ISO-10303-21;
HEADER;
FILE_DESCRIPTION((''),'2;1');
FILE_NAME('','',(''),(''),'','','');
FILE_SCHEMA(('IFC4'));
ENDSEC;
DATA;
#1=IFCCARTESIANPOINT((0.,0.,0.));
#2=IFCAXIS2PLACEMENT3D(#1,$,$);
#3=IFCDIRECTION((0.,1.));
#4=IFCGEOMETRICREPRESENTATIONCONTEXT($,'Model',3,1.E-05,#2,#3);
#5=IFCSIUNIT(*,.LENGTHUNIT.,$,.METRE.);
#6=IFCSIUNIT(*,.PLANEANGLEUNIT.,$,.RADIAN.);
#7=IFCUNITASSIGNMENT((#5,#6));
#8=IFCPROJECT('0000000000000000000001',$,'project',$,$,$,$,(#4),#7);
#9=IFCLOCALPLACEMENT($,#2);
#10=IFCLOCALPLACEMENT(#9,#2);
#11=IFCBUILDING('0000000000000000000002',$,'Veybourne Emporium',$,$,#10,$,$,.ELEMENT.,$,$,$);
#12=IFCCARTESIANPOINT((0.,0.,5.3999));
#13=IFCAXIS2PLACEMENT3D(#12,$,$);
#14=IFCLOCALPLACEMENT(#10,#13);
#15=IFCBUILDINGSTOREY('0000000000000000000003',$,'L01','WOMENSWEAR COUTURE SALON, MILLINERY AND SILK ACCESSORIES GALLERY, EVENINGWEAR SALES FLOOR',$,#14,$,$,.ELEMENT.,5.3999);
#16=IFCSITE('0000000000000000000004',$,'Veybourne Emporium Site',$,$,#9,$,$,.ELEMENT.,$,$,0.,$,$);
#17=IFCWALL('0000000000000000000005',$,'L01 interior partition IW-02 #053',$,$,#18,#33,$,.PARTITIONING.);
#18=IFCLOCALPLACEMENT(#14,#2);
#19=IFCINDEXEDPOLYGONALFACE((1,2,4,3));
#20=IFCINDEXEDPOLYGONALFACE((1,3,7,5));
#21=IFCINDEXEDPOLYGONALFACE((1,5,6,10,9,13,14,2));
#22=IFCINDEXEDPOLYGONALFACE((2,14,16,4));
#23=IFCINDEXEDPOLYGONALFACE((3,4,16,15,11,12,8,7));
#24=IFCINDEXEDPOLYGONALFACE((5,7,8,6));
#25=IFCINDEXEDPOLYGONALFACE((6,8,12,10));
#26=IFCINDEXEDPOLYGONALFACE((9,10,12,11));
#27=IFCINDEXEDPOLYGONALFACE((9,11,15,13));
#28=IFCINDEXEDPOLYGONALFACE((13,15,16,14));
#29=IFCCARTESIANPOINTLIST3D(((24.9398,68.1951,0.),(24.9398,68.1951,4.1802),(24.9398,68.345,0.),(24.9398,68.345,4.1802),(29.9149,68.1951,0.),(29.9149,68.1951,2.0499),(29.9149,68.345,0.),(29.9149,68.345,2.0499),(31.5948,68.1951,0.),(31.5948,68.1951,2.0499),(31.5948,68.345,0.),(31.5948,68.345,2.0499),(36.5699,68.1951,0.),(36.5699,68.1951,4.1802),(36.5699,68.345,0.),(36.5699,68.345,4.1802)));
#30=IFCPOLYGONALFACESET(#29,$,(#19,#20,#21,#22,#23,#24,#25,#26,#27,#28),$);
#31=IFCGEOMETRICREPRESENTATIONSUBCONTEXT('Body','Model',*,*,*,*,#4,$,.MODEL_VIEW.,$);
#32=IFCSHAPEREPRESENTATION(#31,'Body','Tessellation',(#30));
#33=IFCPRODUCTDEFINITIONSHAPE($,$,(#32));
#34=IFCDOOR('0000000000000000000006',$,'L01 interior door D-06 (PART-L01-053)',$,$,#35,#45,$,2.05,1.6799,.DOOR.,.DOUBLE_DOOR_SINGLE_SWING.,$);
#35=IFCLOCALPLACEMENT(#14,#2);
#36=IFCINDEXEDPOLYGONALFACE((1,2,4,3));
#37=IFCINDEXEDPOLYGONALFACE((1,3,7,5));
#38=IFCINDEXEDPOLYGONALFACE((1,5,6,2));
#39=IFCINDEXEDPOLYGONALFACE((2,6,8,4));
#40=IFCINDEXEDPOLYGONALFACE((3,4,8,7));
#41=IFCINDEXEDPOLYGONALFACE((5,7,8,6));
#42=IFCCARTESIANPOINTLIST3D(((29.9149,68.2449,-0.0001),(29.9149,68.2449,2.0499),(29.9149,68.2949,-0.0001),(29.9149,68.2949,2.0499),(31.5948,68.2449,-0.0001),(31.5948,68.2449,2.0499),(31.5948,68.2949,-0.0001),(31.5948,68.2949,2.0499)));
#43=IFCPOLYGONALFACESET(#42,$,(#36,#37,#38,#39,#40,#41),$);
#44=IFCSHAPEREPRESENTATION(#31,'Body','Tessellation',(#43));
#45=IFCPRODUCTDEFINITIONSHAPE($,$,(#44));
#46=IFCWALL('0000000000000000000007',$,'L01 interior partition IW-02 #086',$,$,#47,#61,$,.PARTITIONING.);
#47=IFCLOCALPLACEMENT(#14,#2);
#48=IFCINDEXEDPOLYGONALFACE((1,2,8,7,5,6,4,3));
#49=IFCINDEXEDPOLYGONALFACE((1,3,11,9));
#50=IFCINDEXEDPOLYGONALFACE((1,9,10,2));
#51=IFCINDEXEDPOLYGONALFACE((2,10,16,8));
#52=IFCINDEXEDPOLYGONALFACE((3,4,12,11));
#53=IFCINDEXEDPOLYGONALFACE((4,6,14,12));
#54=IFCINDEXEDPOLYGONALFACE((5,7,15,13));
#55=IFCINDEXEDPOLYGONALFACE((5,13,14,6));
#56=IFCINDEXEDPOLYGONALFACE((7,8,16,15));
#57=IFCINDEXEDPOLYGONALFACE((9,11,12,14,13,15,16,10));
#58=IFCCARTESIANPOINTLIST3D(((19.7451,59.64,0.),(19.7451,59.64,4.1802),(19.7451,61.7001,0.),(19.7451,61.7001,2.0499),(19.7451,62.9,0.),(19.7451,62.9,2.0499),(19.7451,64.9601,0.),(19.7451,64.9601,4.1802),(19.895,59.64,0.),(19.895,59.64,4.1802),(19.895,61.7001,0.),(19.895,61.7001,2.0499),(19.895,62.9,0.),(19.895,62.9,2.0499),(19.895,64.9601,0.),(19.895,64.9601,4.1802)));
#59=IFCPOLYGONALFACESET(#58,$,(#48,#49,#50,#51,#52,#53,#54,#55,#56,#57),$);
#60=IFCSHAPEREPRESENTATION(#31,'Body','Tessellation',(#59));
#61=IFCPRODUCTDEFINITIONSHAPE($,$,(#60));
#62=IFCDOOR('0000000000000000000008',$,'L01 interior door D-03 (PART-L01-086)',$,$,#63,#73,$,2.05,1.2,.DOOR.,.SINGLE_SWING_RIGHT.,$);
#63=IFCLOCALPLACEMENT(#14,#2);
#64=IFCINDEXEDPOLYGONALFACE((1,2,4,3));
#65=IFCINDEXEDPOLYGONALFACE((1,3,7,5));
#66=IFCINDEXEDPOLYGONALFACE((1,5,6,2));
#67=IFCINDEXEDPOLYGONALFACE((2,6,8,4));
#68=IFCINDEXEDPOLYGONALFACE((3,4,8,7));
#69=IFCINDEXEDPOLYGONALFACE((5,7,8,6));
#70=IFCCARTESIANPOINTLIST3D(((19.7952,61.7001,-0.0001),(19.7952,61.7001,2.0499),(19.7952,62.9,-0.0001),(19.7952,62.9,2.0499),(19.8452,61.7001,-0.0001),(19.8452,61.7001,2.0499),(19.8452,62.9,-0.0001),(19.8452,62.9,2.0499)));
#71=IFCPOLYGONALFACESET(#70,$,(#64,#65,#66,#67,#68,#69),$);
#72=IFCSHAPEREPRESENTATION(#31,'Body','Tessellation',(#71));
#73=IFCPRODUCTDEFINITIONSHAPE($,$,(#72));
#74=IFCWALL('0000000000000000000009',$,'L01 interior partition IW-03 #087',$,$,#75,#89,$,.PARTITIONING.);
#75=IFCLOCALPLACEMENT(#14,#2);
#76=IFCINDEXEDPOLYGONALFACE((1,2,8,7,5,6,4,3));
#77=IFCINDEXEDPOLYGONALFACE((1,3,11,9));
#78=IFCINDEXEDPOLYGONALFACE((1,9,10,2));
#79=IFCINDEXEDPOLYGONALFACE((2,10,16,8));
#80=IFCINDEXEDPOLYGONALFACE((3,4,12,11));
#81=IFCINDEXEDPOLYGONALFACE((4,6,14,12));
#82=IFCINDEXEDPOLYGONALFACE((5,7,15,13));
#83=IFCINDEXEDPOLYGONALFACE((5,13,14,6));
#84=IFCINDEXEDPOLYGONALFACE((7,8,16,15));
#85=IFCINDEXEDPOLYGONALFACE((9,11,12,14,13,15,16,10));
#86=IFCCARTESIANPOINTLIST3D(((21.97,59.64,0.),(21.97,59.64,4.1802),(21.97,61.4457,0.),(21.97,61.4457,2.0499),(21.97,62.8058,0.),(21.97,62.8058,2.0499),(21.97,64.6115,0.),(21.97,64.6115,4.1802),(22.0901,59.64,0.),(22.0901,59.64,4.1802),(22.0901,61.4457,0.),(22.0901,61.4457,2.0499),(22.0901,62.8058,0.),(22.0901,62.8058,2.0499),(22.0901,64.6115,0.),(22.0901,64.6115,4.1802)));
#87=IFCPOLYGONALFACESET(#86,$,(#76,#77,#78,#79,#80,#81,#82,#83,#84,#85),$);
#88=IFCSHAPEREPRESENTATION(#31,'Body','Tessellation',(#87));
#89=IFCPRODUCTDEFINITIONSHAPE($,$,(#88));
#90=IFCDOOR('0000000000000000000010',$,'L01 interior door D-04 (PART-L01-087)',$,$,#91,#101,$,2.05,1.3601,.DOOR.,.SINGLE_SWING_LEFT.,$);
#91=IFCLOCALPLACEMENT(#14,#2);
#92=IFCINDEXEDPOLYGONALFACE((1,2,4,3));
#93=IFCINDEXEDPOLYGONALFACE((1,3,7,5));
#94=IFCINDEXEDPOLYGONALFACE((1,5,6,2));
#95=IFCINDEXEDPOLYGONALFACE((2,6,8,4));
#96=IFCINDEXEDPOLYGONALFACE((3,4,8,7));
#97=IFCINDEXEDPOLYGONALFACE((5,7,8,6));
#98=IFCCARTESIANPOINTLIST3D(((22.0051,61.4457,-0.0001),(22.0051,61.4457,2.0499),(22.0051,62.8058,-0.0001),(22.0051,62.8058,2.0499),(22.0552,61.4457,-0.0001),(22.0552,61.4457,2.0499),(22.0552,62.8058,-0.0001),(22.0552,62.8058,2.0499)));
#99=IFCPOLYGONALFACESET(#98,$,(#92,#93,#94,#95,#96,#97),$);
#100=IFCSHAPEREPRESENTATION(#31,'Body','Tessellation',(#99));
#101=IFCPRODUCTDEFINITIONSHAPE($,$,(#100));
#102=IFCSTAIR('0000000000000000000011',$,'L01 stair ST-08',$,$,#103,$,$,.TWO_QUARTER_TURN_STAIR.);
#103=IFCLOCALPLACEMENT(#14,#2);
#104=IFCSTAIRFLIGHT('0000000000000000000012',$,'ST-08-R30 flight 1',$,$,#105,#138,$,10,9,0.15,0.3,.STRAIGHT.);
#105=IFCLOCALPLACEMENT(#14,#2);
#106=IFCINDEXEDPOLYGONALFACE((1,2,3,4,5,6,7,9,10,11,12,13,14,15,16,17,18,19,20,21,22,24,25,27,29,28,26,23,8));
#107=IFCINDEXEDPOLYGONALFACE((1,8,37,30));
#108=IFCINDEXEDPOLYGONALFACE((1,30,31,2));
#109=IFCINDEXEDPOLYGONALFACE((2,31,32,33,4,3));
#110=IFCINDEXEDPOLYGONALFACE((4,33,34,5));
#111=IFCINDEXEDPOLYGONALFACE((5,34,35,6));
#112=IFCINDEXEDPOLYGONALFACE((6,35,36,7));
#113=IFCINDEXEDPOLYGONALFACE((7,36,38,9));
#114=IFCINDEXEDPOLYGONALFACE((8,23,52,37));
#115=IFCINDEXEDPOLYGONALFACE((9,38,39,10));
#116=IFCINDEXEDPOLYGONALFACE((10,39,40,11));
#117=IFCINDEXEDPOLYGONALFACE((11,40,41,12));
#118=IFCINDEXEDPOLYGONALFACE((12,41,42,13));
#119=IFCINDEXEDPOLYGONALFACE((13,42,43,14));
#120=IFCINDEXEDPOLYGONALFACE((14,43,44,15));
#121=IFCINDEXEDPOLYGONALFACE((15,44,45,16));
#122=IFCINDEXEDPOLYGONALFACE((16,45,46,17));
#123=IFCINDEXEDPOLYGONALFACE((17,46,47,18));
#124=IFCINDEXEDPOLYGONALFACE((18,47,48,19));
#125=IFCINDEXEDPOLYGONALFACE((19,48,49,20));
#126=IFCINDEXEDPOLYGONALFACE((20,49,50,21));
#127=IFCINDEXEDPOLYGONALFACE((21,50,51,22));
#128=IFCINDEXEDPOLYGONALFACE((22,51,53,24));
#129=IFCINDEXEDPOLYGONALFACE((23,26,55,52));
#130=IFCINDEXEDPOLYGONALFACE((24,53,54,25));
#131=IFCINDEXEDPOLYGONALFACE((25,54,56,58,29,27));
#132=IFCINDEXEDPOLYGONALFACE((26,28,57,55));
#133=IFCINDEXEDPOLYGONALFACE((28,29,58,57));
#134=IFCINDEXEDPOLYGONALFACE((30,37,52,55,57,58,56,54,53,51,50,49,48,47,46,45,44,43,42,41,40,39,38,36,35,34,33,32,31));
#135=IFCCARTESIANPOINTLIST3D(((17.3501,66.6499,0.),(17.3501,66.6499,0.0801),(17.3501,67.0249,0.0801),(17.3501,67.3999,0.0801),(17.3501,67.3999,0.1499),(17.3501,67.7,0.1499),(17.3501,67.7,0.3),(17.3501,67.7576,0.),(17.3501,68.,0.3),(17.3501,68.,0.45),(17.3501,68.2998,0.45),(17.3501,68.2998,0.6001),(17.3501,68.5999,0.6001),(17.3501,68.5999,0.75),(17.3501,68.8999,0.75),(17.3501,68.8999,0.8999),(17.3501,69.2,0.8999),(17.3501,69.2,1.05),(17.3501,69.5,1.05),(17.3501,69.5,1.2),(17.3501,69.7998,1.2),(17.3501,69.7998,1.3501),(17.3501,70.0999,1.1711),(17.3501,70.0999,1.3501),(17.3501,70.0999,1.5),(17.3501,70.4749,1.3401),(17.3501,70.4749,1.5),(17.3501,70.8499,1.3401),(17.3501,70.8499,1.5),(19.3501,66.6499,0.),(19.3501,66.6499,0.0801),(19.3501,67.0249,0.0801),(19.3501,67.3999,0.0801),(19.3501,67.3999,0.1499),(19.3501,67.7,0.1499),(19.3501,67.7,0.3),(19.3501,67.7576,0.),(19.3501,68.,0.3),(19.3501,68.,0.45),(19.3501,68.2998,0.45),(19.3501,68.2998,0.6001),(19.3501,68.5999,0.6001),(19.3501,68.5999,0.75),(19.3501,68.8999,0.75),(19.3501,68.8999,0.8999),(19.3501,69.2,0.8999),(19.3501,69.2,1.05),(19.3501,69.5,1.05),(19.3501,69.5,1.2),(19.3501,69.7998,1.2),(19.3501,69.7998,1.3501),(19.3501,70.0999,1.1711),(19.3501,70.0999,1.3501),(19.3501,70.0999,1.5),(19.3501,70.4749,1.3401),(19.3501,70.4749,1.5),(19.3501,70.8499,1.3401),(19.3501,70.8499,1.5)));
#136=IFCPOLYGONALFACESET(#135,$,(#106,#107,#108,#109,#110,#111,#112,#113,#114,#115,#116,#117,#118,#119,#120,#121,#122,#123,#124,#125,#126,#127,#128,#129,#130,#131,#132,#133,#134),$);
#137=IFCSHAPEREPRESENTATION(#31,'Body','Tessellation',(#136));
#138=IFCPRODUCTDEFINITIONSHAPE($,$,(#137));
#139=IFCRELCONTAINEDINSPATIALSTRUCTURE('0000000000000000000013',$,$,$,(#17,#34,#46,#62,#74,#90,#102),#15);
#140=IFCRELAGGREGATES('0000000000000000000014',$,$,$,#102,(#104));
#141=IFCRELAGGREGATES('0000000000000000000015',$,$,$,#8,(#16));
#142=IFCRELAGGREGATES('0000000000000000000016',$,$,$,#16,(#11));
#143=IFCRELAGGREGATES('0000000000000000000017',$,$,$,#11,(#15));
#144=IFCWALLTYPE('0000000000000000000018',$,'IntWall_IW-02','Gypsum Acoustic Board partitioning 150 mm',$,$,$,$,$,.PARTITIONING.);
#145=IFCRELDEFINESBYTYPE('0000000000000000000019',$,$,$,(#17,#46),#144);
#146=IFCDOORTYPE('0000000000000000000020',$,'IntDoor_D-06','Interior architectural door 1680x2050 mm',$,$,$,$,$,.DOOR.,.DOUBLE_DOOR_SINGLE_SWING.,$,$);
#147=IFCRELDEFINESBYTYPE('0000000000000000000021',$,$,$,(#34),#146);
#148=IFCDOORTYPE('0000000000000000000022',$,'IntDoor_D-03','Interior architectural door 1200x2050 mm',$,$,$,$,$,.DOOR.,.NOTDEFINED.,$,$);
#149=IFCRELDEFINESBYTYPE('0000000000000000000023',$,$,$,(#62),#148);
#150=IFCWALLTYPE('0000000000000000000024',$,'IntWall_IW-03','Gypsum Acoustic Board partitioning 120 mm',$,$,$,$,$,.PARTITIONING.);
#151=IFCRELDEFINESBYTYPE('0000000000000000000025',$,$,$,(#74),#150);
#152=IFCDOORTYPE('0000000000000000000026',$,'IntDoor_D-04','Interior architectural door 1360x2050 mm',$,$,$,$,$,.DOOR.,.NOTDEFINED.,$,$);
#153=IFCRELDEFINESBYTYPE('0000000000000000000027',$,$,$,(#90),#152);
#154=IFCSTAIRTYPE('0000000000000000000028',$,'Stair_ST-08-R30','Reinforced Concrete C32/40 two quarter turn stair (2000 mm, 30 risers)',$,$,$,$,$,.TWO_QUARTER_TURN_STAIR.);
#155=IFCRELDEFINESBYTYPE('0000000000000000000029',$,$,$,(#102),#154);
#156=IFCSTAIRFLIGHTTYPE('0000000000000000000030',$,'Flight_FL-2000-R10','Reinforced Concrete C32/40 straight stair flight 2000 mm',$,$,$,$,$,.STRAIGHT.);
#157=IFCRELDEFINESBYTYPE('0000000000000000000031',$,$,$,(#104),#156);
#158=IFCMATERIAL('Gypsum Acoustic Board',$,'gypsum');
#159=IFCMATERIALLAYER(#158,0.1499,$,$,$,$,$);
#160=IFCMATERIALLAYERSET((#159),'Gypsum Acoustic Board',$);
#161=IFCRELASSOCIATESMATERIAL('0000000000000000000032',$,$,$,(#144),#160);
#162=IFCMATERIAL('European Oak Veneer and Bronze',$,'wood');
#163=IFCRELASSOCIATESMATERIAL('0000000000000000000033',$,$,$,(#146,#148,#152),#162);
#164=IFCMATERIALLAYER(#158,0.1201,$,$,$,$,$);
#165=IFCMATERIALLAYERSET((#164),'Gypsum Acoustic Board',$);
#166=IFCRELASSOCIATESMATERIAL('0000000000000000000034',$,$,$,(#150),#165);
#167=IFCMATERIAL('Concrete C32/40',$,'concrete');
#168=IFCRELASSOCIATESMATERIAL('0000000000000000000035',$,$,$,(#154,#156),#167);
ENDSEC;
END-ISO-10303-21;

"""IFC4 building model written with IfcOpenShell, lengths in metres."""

from ifc_helpers import new_model, si_unit, direction, frame, frame_2d, origin, place, context, subcontext, project, spatial, polyline, rectangle, outline, extrude, material, layer, layer_set, type_object, element, fill, aggregate, save


model = new_model("IFC4")

# Units and contexts
model_context = context("Model", 3, precision=1e-05, world=origin(), true_north=direction((0.0, 1.0)))
body_context = subcontext(model_context, "Body", "Model", "MODEL_VIEW")
ifc_project = project(units=[si_unit("LENGTHUNIT", "METRE"), si_unit("PLANEANGLEUNIT", "RADIAN")], contexts=[model_context])

# Site, building, storey
site_placement = place(None, origin())
site = spatial("IfcSite", under=ifc_project, at=site_placement, Name="Veybourne Emporium Site", CompositionType="ELEMENT", RefElevation=0.0)
building_placement = place(site_placement, origin())
building = spatial("IfcBuilding", under=site, at=building_placement, Name="Veybourne Emporium", CompositionType="ELEMENT")
storey_placement = place(building_placement, frame((0.0, 0.0, 5.3999)))
storey = spatial("IfcBuildingStorey", under=building, at=storey_placement, Name="L01", Description="WOMENSWEAR COUTURE SALON, MILLINERY AND SILK ACCESSORIES GALLERY, EVENINGWEAR SALES FLOOR", CompositionType="ELEMENT", Elevation=5.3999)

# Shared definitions
ifc_material_1 = material(Name="Concrete C32/40", Category="concrete")

# Shared definitions
ifc_material_2 = material(Name="Gypsum Acoustic Board", Category="gypsum")
ifc_material_3 = material(Name="European Oak Veneer and Bronze", Category="wood")

# Walls, openings, doors
ifc_layer_1 = layer(ifc_material_2, 0.1499)
ifc_layer_set_1 = layer_set([ifc_layer_1], Name="Gypsum Acoustic Board")
wall_type_1 = type_object("IfcWallType", Name="IntWall_IW-02", Description="Gypsum Acoustic Board partitioning 150 mm", PredefinedType="PARTITIONING", material=ifc_layer_set_1)
wall_1_placement = place(storey_placement, frame((24.9399, 68.27, 0.0), z_axis=(0.0, 0.0, 1.0), x_axis=(1.0, 0.0, 0.0)))
wall_1 = element("IfcWall", 1, at=wall_1_placement, inside=storey, type_object=wall_type_1, Name="L01 interior partition IW-02 #053", PredefinedType="PARTITIONING", context=body_context, shape_type="SweptSolid", body=[
    extrude(rectangle(XDim=11.6301, YDim=0.1499, at=frame_2d((5.8149, 0.0))), origin(), (0.0, 0.0, 1.0), 4.1802),
])
opening_1_placement = place(wall_1_placement, frame((4.9751, 0.0, 0.0)))
opening_1 = element("IfcOpeningElement", 2, at=opening_1_placement, cuts=wall_1, PredefinedType="OPENING", context=body_context, shape_type="SweptSolid", body=[
    extrude(rectangle(XDim=1.6799, YDim=2.05, at=frame_2d((0.8398, 1.0249))), frame((0.0, 0.095, 0.0), z_axis=(0.0, -1.0, 0.0), x_axis=(1.0, 0.0, 0.0)), (0.0, 0.0, 1.0), 0.1899),
])
door_type_1 = type_object("IfcDoorType", Name="IntDoor_D-06", Description="Interior architectural door 1680x2050 mm", OperationType="DOUBLE_DOOR_SINGLE_SWING", PredefinedType="DOOR", material=ifc_material_3)
door_1_placement = place(opening_1_placement, origin())
door_1 = element("IfcDoor", 3, at=door_1_placement, inside=storey, type_object=door_type_1, Name="L01 interior door D-06 (PART-L01-053)", OperationType="DOUBLE_DOOR_SINGLE_SWING", OverallHeight=2.05, OverallWidth=1.6799, PredefinedType="DOOR", context=body_context, shape_type="SweptSolid", body=[
    extrude(rectangle(XDim=1.6799, YDim=2.05, at=frame_2d((0.8398, 1.0249))), frame((0.0, 0.0249, 0.0), z_axis=(0.0, -1.0, 0.0), x_axis=(1.0, 0.0, 0.0)), (0.0, 0.0, 1.0), 0.05),
])
fill(opening_1, door_1)
wall_2_placement = place(storey_placement, frame((19.8201, 59.6399, 0.0), z_axis=(0.0, 0.0, 1.0), x_axis=(0.0, 1.0, 0.0)))
wall_2 = element("IfcWall", 4, at=wall_2_placement, inside=storey, type_object=wall_type_1, Name="L01 interior partition IW-02 #086", PredefinedType="PARTITIONING", context=body_context, shape_type="SweptSolid", body=[
    extrude(rectangle(XDim=5.3201, YDim=0.1499, at=frame_2d((2.6602, 0.0))), origin(), (0.0, 0.0, 1.0), 4.1802),
])
opening_2_placement = place(wall_2_placement, frame((2.0601, 0.0, 0.0)))
opening_2 = element("IfcOpeningElement", 5, at=opening_2_placement, cuts=wall_2, PredefinedType="OPENING", context=body_context, shape_type="SweptSolid", body=[
    extrude(rectangle(XDim=1.2, YDim=2.05, at=frame_2d((0.6001, 1.0249))), frame((0.0, 0.095, 0.0), z_axis=(0.0, -1.0, 0.0), x_axis=(1.0, 0.0, 0.0)), (0.0, 0.0, 1.0), 0.1899),
])
door_type_2 = type_object("IfcDoorType", Name="IntDoor_D-03", Description="Interior architectural door 1200x2050 mm", OperationType="NOTDEFINED", PredefinedType="DOOR", material=ifc_material_3)
door_2_placement = place(opening_2_placement, origin())
door_2 = element("IfcDoor", 6, at=door_2_placement, inside=storey, type_object=door_type_2, Name="L01 interior door D-03 (PART-L01-086)", OperationType="SINGLE_SWING_RIGHT", OverallHeight=2.05, OverallWidth=1.2, PredefinedType="DOOR", context=body_context, shape_type="SweptSolid", body=[
    extrude(rectangle(XDim=1.2, YDim=2.05, at=frame_2d((0.6001, 1.0249))), frame((0.0, 0.0249, 0.0), z_axis=(0.0, -1.0, 0.0), x_axis=(1.0, 0.0, 0.0)), (0.0, 0.0, 1.0), 0.05),
])
fill(opening_2, door_2)
ifc_layer_2 = layer(ifc_material_2, 0.1201)
ifc_layer_set_2 = layer_set([ifc_layer_2], Name="Gypsum Acoustic Board")
wall_type_2 = type_object("IfcWallType", Name="IntWall_IW-03", Description="Gypsum Acoustic Board partitioning 120 mm", PredefinedType="PARTITIONING", material=ifc_layer_set_2)
wall_3_placement = place(storey_placement, frame((22.03, 59.6399, 0.0), z_axis=(0.0, 0.0, 1.0), x_axis=(0.0, 1.0, 0.0)))
wall_3 = element("IfcWall", 7, at=wall_3_placement, inside=storey, type_object=wall_type_2, Name="L01 interior partition IW-03 #087", PredefinedType="PARTITIONING", context=body_context, shape_type="SweptSolid", body=[
    extrude(rectangle(XDim=4.9714, YDim=0.1201, at=frame_2d((2.4858, 0.0))), origin(), (0.0, 0.0, 1.0), 4.1802),
])
opening_3_placement = place(wall_3_placement, frame((1.8057, 0.0, 0.0)))
opening_3 = element("IfcOpeningElement", 8, at=opening_3_placement, cuts=wall_3, PredefinedType="OPENING", context=body_context, shape_type="SweptSolid", body=[
    extrude(rectangle(XDim=1.3601, YDim=2.05, at=frame_2d((0.6802, 1.0249))), frame((0.0, 0.0801, 0.0), z_axis=(0.0, -1.0, 0.0), x_axis=(1.0, 0.0, 0.0)), (0.0, 0.0, 1.0), 0.1602),
])
door_type_3 = type_object("IfcDoorType", Name="IntDoor_D-04", Description="Interior architectural door 1360x2050 mm", OperationType="NOTDEFINED", PredefinedType="DOOR", material=ifc_material_3)
door_3_placement = place(opening_3_placement, origin())
door_3 = element("IfcDoor", 9, at=door_3_placement, inside=storey, type_object=door_type_3, Name="L01 interior door D-04 (PART-L01-087)", OperationType="SINGLE_SWING_LEFT", OverallHeight=2.05, OverallWidth=1.3601, PredefinedType="DOOR", context=body_context, shape_type="SweptSolid", body=[
    extrude(rectangle(XDim=1.3601, YDim=2.05, at=frame_2d((0.6802, 1.0249))), frame((0.0, 0.0249, 0.0), z_axis=(0.0, -1.0, 0.0), x_axis=(1.0, 0.0, 0.0)), (0.0, 0.0, 1.0), 0.05),
])
fill(opening_3, door_3)

# Stair, stair flight
stair_type = type_object("IfcStairType", Name="Stair_ST-08-R30", Description="Reinforced Concrete C32/40 two quarter turn stair (2000 mm, 30 risers)", PredefinedType="TWO_QUARTER_TURN_STAIR", material=ifc_material_1)
stair_placement = place(storey_placement, origin())
stair = element("IfcStair", 10, at=stair_placement, inside=storey, type_object=stair_type, Name="L01 stair ST-08", PredefinedType="TWO_QUARTER_TURN_STAIR")
stair_flight_type = type_object("IfcStairFlightType", Name="Flight_FL-2000-R10", Description="Reinforced Concrete C32/40 straight stair flight 2000 mm", PredefinedType="STRAIGHT", material=ifc_material_1)
stair_flight_1_placement = place(storey_placement, frame((18.3501, 67.3999, 0.0), z_axis=(0.0, 0.0, 1.0), x_axis=(0.0, 1.0, 0.0)))
stair_flight_1 = element("IfcStairFlight", 11, at=stair_flight_1_placement, type_object=stair_flight_type, Name="ST-08-R30 flight 1", NumberOfRisers=10, NumberOfTreads=9, PredefinedType="STRAIGHT", RiserHeight=0.15, TreadLength=0.3, context=body_context, shape_type="SweptSolid", body=[
    extrude(outline(polyline([(-0.75, 0.0), (-0.75, 0.0801), (-0.375, 0.0801), (0.0, 0.0801), (0.0, 0.1499), (0.3, 0.1499), (0.3, 0.3), (0.6001, 0.3), (0.6001, 0.45), (0.8999, 0.45), (0.8999, 0.6001), (1.2, 0.6001), (1.2, 0.75), (1.5, 0.75), (1.5, 0.8999), (1.8, 0.8999), (1.8, 1.05), (2.1001, 1.05), (2.1001, 1.2), (2.3999, 1.2), (2.3999, 1.3501), (2.7, 1.3501), (2.7, 1.5), (3.075, 1.5), (3.45, 1.5), (3.45, 1.3401), (3.075, 1.3401), (2.7, 1.1711), (0.3577, 0.0), (-0.75, 0.0)])), frame((0.0, 1.0, 0.0), z_axis=(0.0, -1.0, 0.0), x_axis=(1.0, 0.0, 0.0)), (0.0, 0.0, 1.0), 2.0),
])
aggregate(stair, [stair_flight_1])

save(model, "model.ifc")
